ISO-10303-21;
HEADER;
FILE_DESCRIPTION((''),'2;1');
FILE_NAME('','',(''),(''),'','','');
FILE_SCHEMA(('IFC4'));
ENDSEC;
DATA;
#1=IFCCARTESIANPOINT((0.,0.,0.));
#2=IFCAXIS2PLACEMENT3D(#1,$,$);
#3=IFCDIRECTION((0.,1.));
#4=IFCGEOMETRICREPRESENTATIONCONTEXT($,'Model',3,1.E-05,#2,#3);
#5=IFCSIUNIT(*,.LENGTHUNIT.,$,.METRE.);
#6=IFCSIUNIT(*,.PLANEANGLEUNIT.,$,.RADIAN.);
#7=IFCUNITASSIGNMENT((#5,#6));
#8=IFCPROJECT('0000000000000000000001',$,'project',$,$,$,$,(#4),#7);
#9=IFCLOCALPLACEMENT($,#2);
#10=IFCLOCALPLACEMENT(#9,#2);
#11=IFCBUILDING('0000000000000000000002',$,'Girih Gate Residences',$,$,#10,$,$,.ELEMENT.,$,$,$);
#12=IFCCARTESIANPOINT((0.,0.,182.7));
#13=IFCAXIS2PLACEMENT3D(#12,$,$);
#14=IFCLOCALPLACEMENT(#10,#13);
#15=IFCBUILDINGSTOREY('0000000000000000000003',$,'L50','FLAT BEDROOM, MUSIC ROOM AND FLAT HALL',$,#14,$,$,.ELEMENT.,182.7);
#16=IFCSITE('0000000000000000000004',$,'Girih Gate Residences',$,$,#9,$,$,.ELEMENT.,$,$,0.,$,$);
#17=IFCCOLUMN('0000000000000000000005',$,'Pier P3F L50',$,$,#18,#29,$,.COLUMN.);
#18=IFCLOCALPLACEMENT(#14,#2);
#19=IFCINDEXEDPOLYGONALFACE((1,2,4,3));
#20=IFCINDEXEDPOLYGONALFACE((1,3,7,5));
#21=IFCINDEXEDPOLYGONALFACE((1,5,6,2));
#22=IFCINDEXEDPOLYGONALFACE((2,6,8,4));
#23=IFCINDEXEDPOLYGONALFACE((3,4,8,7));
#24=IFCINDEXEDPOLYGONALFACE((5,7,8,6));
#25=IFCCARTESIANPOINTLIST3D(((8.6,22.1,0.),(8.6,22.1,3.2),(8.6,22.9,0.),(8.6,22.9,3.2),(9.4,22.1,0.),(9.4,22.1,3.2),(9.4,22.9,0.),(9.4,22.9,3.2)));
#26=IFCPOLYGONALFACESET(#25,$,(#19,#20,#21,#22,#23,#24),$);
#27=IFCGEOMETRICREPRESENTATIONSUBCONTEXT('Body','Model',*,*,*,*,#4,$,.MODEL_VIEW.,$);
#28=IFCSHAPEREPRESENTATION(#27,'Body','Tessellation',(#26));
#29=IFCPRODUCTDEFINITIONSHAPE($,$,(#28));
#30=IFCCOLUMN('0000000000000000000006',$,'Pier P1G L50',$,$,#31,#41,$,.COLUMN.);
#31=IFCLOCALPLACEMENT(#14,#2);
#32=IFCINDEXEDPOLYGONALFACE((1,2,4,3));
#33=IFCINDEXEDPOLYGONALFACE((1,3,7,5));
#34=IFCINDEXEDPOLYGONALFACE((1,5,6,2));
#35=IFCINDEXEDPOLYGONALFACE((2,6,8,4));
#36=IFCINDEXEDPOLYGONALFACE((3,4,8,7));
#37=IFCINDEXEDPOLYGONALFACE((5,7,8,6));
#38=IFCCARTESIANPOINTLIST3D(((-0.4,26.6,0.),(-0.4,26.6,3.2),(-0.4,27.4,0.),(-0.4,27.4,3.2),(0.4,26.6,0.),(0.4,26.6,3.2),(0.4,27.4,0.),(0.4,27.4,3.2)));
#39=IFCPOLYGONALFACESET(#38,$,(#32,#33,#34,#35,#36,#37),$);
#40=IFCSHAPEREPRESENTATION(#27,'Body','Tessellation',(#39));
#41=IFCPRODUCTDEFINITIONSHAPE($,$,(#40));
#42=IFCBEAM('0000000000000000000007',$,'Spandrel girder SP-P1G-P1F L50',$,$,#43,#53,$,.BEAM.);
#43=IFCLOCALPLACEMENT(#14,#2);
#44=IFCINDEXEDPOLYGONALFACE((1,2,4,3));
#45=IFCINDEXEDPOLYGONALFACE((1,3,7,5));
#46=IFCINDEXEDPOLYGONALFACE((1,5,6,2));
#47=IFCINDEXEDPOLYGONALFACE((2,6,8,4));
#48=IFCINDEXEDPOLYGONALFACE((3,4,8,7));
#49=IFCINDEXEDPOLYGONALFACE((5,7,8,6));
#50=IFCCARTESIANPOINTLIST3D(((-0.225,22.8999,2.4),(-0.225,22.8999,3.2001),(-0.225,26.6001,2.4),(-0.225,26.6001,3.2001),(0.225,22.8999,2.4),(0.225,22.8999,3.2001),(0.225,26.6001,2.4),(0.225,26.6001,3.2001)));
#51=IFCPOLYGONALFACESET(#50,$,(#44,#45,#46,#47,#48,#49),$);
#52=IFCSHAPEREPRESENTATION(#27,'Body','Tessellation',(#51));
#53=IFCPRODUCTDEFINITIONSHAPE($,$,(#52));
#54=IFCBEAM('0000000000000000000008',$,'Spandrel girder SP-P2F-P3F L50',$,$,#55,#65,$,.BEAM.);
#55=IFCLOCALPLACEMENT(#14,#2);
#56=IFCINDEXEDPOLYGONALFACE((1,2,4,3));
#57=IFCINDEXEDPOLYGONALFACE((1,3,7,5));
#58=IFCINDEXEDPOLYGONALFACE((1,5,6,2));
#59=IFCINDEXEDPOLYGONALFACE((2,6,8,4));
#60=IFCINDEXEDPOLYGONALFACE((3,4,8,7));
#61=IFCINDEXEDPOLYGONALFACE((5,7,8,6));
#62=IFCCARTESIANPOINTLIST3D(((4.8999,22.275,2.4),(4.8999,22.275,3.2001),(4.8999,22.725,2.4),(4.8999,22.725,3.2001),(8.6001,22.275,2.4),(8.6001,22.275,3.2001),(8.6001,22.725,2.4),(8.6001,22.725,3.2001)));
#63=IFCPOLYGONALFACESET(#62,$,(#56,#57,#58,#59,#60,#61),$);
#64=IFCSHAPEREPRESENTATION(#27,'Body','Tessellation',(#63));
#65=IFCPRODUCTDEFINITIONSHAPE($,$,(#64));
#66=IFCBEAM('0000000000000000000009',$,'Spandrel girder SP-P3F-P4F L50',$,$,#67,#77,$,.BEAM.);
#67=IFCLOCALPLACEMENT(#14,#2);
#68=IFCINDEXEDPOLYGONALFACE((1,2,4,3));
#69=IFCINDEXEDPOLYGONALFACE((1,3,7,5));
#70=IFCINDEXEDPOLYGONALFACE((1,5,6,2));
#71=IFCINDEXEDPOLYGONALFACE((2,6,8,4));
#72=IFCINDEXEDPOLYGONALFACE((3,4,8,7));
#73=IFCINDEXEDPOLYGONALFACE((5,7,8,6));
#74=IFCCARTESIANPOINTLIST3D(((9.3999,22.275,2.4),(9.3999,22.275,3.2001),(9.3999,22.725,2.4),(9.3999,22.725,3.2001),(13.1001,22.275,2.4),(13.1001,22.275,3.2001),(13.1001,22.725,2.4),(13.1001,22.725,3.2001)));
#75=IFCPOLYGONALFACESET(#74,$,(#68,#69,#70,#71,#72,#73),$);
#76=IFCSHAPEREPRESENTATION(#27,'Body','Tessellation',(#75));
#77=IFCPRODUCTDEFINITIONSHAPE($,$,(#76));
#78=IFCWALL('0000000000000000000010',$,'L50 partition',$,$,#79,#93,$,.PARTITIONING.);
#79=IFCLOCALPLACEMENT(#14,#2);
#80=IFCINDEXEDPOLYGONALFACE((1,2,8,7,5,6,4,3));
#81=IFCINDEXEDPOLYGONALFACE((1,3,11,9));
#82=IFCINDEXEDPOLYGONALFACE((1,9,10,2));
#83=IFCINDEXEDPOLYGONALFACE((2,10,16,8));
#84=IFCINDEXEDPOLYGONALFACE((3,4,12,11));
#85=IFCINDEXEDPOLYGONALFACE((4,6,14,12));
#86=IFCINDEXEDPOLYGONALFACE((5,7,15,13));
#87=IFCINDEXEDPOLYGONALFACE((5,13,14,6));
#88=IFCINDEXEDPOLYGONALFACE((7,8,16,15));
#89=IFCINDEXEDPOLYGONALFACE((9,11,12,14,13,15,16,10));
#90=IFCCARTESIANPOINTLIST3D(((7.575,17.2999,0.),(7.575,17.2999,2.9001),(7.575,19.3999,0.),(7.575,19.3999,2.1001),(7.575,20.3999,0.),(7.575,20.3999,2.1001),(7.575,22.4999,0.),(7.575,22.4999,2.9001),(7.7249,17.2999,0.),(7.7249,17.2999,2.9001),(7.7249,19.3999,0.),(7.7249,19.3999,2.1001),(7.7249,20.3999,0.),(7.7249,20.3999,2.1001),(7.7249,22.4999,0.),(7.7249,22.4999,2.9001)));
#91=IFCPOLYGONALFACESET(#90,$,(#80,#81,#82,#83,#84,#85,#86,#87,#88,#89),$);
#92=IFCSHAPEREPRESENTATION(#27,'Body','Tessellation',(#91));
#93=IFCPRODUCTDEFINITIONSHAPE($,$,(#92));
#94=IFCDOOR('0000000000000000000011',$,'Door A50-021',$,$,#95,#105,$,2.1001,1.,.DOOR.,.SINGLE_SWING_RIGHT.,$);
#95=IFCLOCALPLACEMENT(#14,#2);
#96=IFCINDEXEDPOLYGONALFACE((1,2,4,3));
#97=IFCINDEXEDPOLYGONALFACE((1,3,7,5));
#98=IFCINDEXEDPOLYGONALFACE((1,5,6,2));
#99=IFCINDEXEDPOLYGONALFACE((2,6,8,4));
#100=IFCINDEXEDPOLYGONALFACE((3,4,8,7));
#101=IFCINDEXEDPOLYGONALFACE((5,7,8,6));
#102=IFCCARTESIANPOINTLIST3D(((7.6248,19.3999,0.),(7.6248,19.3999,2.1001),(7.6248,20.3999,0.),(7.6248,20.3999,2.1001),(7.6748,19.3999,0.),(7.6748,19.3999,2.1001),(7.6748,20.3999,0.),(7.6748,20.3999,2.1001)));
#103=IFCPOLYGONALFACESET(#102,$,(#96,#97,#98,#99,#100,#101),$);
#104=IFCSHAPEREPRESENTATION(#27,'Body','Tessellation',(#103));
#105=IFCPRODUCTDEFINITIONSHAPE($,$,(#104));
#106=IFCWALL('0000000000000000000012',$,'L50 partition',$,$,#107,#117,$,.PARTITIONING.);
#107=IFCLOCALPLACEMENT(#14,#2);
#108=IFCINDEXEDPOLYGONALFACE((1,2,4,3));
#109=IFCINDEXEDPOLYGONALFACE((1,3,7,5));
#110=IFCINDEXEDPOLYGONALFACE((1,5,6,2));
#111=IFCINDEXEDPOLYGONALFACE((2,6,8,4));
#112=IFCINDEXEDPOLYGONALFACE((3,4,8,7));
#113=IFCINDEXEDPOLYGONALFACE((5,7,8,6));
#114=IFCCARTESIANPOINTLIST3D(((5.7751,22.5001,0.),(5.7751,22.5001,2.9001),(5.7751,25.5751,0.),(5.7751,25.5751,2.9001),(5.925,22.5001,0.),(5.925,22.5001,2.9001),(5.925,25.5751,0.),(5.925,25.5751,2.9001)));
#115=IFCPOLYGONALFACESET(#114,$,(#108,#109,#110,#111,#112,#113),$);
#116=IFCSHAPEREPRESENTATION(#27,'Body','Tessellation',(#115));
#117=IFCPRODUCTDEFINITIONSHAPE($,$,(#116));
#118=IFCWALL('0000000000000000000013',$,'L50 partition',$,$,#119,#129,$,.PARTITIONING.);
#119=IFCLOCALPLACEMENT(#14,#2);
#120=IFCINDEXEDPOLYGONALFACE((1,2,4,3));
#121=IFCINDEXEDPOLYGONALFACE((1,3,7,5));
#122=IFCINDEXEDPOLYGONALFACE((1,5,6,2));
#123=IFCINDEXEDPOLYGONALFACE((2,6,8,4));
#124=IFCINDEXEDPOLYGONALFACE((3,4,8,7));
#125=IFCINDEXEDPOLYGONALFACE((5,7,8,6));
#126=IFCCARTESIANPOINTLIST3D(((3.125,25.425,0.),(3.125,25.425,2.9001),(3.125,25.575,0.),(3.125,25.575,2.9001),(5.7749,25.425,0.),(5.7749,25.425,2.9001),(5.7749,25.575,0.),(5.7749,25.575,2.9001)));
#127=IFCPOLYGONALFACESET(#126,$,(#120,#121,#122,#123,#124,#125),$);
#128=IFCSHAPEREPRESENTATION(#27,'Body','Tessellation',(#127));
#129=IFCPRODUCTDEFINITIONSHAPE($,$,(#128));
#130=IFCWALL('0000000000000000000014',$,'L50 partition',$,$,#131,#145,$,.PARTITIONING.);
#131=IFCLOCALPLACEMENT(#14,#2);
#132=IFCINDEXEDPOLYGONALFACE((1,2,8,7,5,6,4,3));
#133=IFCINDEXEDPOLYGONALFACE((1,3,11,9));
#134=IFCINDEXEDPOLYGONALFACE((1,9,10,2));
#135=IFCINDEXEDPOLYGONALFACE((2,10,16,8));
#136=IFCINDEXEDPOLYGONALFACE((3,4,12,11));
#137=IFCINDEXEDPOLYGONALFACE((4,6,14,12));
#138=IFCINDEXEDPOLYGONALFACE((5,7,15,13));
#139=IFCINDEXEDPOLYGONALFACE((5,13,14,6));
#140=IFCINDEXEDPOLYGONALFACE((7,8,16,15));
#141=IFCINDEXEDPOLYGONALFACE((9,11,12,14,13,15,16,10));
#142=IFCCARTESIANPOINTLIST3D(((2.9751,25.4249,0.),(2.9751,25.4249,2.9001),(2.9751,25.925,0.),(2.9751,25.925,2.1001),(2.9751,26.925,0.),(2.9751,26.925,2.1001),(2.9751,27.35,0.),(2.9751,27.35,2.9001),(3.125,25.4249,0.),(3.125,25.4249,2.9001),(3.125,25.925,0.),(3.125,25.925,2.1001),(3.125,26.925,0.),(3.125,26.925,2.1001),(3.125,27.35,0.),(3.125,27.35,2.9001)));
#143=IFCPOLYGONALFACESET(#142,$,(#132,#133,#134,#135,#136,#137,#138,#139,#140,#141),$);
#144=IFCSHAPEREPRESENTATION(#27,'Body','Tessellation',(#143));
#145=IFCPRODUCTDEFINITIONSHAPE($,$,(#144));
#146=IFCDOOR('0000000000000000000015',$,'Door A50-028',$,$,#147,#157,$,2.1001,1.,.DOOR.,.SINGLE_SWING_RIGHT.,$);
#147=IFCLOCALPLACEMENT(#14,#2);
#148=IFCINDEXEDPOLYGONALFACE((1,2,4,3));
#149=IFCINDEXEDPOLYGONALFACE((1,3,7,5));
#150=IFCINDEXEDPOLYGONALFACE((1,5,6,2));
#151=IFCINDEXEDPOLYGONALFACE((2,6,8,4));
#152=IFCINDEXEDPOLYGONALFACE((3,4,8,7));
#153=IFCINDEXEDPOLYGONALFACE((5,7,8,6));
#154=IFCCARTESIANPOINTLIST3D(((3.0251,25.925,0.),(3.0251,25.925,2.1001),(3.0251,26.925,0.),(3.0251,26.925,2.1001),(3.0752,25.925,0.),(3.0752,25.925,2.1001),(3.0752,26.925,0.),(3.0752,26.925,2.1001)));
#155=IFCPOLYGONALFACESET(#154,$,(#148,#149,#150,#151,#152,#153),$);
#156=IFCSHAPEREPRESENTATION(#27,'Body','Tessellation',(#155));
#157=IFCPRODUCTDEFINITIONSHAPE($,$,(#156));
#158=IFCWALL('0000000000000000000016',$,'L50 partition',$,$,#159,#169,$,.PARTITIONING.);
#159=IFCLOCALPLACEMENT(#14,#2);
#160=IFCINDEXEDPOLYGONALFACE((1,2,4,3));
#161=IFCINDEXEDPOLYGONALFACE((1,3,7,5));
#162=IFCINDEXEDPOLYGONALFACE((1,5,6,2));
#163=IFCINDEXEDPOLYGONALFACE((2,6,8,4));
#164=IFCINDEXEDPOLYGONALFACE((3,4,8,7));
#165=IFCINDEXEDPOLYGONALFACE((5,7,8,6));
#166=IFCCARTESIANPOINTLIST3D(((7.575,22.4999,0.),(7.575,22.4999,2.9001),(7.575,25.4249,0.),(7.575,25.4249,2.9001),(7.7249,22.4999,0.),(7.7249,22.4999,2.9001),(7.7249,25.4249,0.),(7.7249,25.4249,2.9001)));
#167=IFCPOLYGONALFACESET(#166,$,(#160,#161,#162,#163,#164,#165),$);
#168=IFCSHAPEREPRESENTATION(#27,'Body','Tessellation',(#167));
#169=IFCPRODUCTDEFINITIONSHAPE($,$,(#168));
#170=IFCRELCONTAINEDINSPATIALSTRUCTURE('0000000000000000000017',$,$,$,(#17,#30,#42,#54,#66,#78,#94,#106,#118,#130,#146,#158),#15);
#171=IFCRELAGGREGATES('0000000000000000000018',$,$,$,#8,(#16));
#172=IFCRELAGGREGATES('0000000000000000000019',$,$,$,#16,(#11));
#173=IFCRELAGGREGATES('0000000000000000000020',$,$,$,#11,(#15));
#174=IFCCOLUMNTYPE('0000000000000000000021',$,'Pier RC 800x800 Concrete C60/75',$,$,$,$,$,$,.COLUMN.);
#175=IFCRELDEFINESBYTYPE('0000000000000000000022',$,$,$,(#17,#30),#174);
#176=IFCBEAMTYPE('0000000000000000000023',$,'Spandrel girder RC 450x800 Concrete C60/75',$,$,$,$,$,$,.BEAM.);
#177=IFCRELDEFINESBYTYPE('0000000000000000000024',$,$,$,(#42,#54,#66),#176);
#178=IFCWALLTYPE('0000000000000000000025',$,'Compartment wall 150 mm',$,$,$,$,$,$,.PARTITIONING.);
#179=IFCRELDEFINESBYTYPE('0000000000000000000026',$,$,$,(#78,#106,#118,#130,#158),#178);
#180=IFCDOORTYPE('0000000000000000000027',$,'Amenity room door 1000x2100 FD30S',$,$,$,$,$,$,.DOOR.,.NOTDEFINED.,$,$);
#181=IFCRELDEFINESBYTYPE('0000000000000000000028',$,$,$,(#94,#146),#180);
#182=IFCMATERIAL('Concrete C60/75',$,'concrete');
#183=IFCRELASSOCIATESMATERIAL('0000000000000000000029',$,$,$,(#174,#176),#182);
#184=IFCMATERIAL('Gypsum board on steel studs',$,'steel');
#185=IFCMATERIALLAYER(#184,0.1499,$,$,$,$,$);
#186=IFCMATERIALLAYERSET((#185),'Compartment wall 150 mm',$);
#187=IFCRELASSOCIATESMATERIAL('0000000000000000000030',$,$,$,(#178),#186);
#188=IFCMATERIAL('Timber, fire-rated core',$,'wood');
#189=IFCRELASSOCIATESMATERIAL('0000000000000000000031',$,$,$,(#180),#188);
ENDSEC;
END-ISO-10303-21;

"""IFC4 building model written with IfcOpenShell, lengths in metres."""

from ifc_helpers import new_model, si_unit, direction, frame, frame_2d, origin, origin_2d, place, context, subcontext, project, spatial, rectangle, extrude, material, layer, layer_set, material_profile, profile_set, type_object, element, fill, save


model = new_model("IFC4")

# Units and contexts
model_context = context("Model", 3, precision=1e-05, world=origin(), true_north=direction((0.0, 1.0)))
body_context = subcontext(model_context, "Body", "Model", "MODEL_VIEW")
ifc_project = project(units=[si_unit("LENGTHUNIT", "METRE"), si_unit("PLANEANGLEUNIT", "RADIAN")], contexts=[model_context])

# Site, building, storey
site_placement = place(None, origin())
site = spatial("IfcSite", under=ifc_project, at=site_placement, Name="Girih Gate Residences", CompositionType="ELEMENT", RefElevation=0.0)
building_placement = place(site_placement, origin())
building = spatial("IfcBuilding", under=site, at=building_placement, Name="Girih Gate Residences", CompositionType="ELEMENT")
storey_placement = place(building_placement, frame((0.0, 0.0, 182.7)))
storey = spatial("IfcBuildingStorey", under=building, at=storey_placement, Name="L50", Description="FLAT BEDROOM, MUSIC ROOM AND FLAT HALL", CompositionType="ELEMENT", Elevation=182.7)

# Columns
ifc_material_1 = material(Name="Concrete C60/75", Category="concrete")
ifc_material_profile_1 = material_profile(ifc_material_1, rectangle(XDim=0.8, YDim=0.8, at=origin_2d()))
ifc_profile_set_1 = profile_set([ifc_material_profile_1], Name="Concrete C60/75")
column_type = type_object("IfcColumnType", Name="Pier RC 800x800 Concrete C60/75", PredefinedType="COLUMN", material=ifc_profile_set_1)
for number, where, z_axis, x_axis, name in (
    (1, (9.0, 22.5, 0.0), (0.0, 0.0, 1.0), (1.0, 0.0, 0.0), "Pier P3F L50"),
    (2, (0.0, 27.0, 0.0), (0.0, 0.0, 1.0), (1.0, 0.0, 0.0), "Pier P1G L50"),
):
    element("IfcColumn", number, at=place(storey_placement, frame(where, z_axis=z_axis, x_axis=x_axis)), inside=storey, type_object=column_type, Name=name, PredefinedType="COLUMN", context=body_context, shape_type="SweptSolid", body=[
        extrude(rectangle(XDim=0.8, YDim=0.8, at=origin_2d()), origin(), (0.0, 0.0, 1.0), 3.2),
    ])

# Beams
ifc_material_profile_2 = material_profile(ifc_material_1, rectangle(XDim=0.45, YDim=0.8, at=origin_2d()))
ifc_profile_set_2 = profile_set([ifc_material_profile_2], Name="Concrete C60/75")
beam_type = type_object("IfcBeamType", Name="Spandrel girder RC 450x800 Concrete C60/75", PredefinedType="BEAM", material=ifc_profile_set_2)
for number, where, z_axis, x_axis, name in (
    (3, (0.0, 26.6001, 2.8), (0.0, -1.0, 0.0), (1.0, 0.0, 0.0), "Spandrel girder SP-P1G-P1F L50"),
    (4, (4.8999, 22.5, 2.8), (1.0, 0.0, 0.0), (0.0, 1.0, 0.0), "Spandrel girder SP-P2F-P3F L50"),
    (5, (9.3999, 22.5, 2.8), (1.0, 0.0, 0.0), (0.0, 1.0, 0.0), "Spandrel girder SP-P3F-P4F L50"),
):
    element("IfcBeam", number, at=place(storey_placement, frame(where, z_axis=z_axis, x_axis=x_axis)), inside=storey, type_object=beam_type, Name=name, PredefinedType="BEAM", context=body_context, shape_type="SweptSolid", body=[
        extrude(rectangle(XDim=0.45, YDim=0.8, at=origin_2d()), origin(), (0.0, 0.0, 1.0), 3.7002),
    ])

# Wall, opening, door
ifc_material_2 = material(Name="Gypsum board on steel studs", Category="steel")
ifc_layer_1 = layer(ifc_material_2, 0.1499)
ifc_layer_set_1 = layer_set([ifc_layer_1], Name="Compartment wall 150 mm")
wall_type_1 = type_object("IfcWallType", Name="Compartment wall 150 mm", PredefinedType="PARTITIONING", material=ifc_layer_set_1)
wall_1_placement = place(storey_placement, frame((7.6499, 22.5, 0.0), z_axis=(0.0, 0.0, 1.0), x_axis=(0.0, -1.0, 0.0)))
wall_1 = element("IfcWall", 6, at=wall_1_placement, inside=storey, type_object=wall_type_1, Name="L50 partition", PredefinedType="PARTITIONING", context=body_context, shape_type="SweptSolid", body=[
    extrude(rectangle(XDim=5.2, YDim=0.1499, at=frame_2d((2.6001, 0.0))), origin(), (0.0, 0.0, 1.0), 2.9001),
])
opening_1_placement = place(wall_1_placement, frame((2.1001, 0.0, 0.0)))
opening_1 = element("IfcOpeningElement", 7, at=opening_1_placement, cuts=wall_1, PredefinedType="OPENING", context=body_context, shape_type="SweptSolid", body=[
    extrude(rectangle(XDim=1.0, YDim=2.1001, at=frame_2d((0.5, 1.05))), frame((0.0, 0.085, 0.0), z_axis=(0.0, -1.0, 0.0), x_axis=(1.0, 0.0, 0.0)), (0.0, 0.0, 1.0), 0.1699),
])
ifc_material_3 = material(Name="Timber, fire-rated core", Category="wood")
door_type_1 = type_object("IfcDoorType", Name="Amenity room door 1000x2100 FD30S", OperationType="NOTDEFINED", PredefinedType="DOOR", material=ifc_material_3)
door_1_placement = place(opening_1_placement, origin())
door_1 = element("IfcDoor", 8, at=door_1_placement, inside=storey, type_object=door_type_1, Name="Door A50-021", OperationType="SINGLE_SWING_RIGHT", OverallHeight=2.1001, OverallWidth=1.0, PredefinedType="DOOR", context=body_context, shape_type="SweptSolid", body=[
    extrude(rectangle(XDim=1.0, YDim=2.1001, at=frame_2d((0.5, 1.05))), frame((0.0, 0.0249, 0.0), z_axis=(0.0, -1.0, 0.0), x_axis=(1.0, 0.0, 0.0)), (0.0, 0.0, 1.0), 0.05),
])
fill(opening_1, door_1)

# Walls
wall_2_placement = place(storey_placement, frame((5.8501, 22.5, 0.0), z_axis=(0.0, 0.0, 1.0), x_axis=(0.0, 1.0, 0.0)))
element("IfcWall", 9, at=wall_2_placement, inside=storey, type_object=wall_type_1, Name="L50 partition", PredefinedType="PARTITIONING", context=body_context, shape_type="SweptSolid", body=[
    extrude(rectangle(XDim=3.075, YDim=0.1499, at=frame_2d((1.5376, 0.0))), origin(), (0.0, 0.0, 1.0), 2.9001),
])
wall_3_placement = place(storey_placement, frame((3.125, 25.5, 0.0), z_axis=(0.0, 0.0, 1.0), x_axis=(1.0, 0.0, 0.0)))
element("IfcWall", 10, at=wall_3_placement, inside=storey, type_object=wall_type_1, Name="L50 partition", PredefinedType="PARTITIONING", context=body_context, shape_type="SweptSolid", body=[
    extrude(rectangle(XDim=2.6499, YDim=0.1499, at=frame_2d((1.325, 0.0))), origin(), (0.0, 0.0, 1.0), 2.9001),
])

# Wall, opening, door
wall_4_placement = place(storey_placement, frame((3.05, 25.425, 0.0), z_axis=(0.0, 0.0, 1.0), x_axis=(0.0, 1.0, 0.0)))
wall_4 = element("IfcWall", 11, at=wall_4_placement, inside=storey, type_object=wall_type_1, Name="L50 partition", PredefinedType="PARTITIONING", context=body_context, shape_type="SweptSolid", body=[
    extrude(rectangle(XDim=1.925, YDim=0.1499, at=frame_2d((0.9624, 0.0))), origin(), (0.0, 0.0, 1.0), 2.9001),
])
opening_2_placement = place(wall_4_placement, frame((0.5, 0.0, 0.0)))
opening_2 = element("IfcOpeningElement", 12, at=opening_2_placement, cuts=wall_4, PredefinedType="OPENING", context=body_context, shape_type="SweptSolid", body=[
    extrude(rectangle(XDim=1.0, YDim=2.1001, at=frame_2d((0.5, 1.05))), frame((0.0, 0.085, 0.0), z_axis=(0.0, -1.0, 0.0), x_axis=(1.0, 0.0, 0.0)), (0.0, 0.0, 1.0), 0.1699),
])
door_2_placement = place(opening_2_placement, origin())
door_2 = element("IfcDoor", 13, at=door_2_placement, inside=storey, type_object=door_type_1, Name="Door A50-028", OperationType="SINGLE_SWING_RIGHT", OverallHeight=2.1001, OverallWidth=1.0, PredefinedType="DOOR", context=body_context, shape_type="SweptSolid", body=[
    extrude(rectangle(XDim=1.0, YDim=2.1001, at=frame_2d((0.5, 1.05))), frame((0.0, 0.0249, 0.0), z_axis=(0.0, -1.0, 0.0), x_axis=(1.0, 0.0, 0.0)), (0.0, 0.0, 1.0), 0.05),
])
fill(opening_2, door_2)

# Wall
wall_5_placement = place(storey_placement, frame((7.6499, 22.5, 0.0), z_axis=(0.0, 0.0, 1.0), x_axis=(0.0, 1.0, 0.0)))
element("IfcWall", 14, at=wall_5_placement, inside=storey, type_object=wall_type_1, Name="L50 partition", PredefinedType="PARTITIONING", context=body_context, shape_type="SweptSolid", body=[
    extrude(rectangle(XDim=2.925, YDim=0.1499, at=frame_2d((1.4624, 0.0))), origin(), (0.0, 0.0, 1.0), 2.9001),
])

save(model, "model.ifc")
